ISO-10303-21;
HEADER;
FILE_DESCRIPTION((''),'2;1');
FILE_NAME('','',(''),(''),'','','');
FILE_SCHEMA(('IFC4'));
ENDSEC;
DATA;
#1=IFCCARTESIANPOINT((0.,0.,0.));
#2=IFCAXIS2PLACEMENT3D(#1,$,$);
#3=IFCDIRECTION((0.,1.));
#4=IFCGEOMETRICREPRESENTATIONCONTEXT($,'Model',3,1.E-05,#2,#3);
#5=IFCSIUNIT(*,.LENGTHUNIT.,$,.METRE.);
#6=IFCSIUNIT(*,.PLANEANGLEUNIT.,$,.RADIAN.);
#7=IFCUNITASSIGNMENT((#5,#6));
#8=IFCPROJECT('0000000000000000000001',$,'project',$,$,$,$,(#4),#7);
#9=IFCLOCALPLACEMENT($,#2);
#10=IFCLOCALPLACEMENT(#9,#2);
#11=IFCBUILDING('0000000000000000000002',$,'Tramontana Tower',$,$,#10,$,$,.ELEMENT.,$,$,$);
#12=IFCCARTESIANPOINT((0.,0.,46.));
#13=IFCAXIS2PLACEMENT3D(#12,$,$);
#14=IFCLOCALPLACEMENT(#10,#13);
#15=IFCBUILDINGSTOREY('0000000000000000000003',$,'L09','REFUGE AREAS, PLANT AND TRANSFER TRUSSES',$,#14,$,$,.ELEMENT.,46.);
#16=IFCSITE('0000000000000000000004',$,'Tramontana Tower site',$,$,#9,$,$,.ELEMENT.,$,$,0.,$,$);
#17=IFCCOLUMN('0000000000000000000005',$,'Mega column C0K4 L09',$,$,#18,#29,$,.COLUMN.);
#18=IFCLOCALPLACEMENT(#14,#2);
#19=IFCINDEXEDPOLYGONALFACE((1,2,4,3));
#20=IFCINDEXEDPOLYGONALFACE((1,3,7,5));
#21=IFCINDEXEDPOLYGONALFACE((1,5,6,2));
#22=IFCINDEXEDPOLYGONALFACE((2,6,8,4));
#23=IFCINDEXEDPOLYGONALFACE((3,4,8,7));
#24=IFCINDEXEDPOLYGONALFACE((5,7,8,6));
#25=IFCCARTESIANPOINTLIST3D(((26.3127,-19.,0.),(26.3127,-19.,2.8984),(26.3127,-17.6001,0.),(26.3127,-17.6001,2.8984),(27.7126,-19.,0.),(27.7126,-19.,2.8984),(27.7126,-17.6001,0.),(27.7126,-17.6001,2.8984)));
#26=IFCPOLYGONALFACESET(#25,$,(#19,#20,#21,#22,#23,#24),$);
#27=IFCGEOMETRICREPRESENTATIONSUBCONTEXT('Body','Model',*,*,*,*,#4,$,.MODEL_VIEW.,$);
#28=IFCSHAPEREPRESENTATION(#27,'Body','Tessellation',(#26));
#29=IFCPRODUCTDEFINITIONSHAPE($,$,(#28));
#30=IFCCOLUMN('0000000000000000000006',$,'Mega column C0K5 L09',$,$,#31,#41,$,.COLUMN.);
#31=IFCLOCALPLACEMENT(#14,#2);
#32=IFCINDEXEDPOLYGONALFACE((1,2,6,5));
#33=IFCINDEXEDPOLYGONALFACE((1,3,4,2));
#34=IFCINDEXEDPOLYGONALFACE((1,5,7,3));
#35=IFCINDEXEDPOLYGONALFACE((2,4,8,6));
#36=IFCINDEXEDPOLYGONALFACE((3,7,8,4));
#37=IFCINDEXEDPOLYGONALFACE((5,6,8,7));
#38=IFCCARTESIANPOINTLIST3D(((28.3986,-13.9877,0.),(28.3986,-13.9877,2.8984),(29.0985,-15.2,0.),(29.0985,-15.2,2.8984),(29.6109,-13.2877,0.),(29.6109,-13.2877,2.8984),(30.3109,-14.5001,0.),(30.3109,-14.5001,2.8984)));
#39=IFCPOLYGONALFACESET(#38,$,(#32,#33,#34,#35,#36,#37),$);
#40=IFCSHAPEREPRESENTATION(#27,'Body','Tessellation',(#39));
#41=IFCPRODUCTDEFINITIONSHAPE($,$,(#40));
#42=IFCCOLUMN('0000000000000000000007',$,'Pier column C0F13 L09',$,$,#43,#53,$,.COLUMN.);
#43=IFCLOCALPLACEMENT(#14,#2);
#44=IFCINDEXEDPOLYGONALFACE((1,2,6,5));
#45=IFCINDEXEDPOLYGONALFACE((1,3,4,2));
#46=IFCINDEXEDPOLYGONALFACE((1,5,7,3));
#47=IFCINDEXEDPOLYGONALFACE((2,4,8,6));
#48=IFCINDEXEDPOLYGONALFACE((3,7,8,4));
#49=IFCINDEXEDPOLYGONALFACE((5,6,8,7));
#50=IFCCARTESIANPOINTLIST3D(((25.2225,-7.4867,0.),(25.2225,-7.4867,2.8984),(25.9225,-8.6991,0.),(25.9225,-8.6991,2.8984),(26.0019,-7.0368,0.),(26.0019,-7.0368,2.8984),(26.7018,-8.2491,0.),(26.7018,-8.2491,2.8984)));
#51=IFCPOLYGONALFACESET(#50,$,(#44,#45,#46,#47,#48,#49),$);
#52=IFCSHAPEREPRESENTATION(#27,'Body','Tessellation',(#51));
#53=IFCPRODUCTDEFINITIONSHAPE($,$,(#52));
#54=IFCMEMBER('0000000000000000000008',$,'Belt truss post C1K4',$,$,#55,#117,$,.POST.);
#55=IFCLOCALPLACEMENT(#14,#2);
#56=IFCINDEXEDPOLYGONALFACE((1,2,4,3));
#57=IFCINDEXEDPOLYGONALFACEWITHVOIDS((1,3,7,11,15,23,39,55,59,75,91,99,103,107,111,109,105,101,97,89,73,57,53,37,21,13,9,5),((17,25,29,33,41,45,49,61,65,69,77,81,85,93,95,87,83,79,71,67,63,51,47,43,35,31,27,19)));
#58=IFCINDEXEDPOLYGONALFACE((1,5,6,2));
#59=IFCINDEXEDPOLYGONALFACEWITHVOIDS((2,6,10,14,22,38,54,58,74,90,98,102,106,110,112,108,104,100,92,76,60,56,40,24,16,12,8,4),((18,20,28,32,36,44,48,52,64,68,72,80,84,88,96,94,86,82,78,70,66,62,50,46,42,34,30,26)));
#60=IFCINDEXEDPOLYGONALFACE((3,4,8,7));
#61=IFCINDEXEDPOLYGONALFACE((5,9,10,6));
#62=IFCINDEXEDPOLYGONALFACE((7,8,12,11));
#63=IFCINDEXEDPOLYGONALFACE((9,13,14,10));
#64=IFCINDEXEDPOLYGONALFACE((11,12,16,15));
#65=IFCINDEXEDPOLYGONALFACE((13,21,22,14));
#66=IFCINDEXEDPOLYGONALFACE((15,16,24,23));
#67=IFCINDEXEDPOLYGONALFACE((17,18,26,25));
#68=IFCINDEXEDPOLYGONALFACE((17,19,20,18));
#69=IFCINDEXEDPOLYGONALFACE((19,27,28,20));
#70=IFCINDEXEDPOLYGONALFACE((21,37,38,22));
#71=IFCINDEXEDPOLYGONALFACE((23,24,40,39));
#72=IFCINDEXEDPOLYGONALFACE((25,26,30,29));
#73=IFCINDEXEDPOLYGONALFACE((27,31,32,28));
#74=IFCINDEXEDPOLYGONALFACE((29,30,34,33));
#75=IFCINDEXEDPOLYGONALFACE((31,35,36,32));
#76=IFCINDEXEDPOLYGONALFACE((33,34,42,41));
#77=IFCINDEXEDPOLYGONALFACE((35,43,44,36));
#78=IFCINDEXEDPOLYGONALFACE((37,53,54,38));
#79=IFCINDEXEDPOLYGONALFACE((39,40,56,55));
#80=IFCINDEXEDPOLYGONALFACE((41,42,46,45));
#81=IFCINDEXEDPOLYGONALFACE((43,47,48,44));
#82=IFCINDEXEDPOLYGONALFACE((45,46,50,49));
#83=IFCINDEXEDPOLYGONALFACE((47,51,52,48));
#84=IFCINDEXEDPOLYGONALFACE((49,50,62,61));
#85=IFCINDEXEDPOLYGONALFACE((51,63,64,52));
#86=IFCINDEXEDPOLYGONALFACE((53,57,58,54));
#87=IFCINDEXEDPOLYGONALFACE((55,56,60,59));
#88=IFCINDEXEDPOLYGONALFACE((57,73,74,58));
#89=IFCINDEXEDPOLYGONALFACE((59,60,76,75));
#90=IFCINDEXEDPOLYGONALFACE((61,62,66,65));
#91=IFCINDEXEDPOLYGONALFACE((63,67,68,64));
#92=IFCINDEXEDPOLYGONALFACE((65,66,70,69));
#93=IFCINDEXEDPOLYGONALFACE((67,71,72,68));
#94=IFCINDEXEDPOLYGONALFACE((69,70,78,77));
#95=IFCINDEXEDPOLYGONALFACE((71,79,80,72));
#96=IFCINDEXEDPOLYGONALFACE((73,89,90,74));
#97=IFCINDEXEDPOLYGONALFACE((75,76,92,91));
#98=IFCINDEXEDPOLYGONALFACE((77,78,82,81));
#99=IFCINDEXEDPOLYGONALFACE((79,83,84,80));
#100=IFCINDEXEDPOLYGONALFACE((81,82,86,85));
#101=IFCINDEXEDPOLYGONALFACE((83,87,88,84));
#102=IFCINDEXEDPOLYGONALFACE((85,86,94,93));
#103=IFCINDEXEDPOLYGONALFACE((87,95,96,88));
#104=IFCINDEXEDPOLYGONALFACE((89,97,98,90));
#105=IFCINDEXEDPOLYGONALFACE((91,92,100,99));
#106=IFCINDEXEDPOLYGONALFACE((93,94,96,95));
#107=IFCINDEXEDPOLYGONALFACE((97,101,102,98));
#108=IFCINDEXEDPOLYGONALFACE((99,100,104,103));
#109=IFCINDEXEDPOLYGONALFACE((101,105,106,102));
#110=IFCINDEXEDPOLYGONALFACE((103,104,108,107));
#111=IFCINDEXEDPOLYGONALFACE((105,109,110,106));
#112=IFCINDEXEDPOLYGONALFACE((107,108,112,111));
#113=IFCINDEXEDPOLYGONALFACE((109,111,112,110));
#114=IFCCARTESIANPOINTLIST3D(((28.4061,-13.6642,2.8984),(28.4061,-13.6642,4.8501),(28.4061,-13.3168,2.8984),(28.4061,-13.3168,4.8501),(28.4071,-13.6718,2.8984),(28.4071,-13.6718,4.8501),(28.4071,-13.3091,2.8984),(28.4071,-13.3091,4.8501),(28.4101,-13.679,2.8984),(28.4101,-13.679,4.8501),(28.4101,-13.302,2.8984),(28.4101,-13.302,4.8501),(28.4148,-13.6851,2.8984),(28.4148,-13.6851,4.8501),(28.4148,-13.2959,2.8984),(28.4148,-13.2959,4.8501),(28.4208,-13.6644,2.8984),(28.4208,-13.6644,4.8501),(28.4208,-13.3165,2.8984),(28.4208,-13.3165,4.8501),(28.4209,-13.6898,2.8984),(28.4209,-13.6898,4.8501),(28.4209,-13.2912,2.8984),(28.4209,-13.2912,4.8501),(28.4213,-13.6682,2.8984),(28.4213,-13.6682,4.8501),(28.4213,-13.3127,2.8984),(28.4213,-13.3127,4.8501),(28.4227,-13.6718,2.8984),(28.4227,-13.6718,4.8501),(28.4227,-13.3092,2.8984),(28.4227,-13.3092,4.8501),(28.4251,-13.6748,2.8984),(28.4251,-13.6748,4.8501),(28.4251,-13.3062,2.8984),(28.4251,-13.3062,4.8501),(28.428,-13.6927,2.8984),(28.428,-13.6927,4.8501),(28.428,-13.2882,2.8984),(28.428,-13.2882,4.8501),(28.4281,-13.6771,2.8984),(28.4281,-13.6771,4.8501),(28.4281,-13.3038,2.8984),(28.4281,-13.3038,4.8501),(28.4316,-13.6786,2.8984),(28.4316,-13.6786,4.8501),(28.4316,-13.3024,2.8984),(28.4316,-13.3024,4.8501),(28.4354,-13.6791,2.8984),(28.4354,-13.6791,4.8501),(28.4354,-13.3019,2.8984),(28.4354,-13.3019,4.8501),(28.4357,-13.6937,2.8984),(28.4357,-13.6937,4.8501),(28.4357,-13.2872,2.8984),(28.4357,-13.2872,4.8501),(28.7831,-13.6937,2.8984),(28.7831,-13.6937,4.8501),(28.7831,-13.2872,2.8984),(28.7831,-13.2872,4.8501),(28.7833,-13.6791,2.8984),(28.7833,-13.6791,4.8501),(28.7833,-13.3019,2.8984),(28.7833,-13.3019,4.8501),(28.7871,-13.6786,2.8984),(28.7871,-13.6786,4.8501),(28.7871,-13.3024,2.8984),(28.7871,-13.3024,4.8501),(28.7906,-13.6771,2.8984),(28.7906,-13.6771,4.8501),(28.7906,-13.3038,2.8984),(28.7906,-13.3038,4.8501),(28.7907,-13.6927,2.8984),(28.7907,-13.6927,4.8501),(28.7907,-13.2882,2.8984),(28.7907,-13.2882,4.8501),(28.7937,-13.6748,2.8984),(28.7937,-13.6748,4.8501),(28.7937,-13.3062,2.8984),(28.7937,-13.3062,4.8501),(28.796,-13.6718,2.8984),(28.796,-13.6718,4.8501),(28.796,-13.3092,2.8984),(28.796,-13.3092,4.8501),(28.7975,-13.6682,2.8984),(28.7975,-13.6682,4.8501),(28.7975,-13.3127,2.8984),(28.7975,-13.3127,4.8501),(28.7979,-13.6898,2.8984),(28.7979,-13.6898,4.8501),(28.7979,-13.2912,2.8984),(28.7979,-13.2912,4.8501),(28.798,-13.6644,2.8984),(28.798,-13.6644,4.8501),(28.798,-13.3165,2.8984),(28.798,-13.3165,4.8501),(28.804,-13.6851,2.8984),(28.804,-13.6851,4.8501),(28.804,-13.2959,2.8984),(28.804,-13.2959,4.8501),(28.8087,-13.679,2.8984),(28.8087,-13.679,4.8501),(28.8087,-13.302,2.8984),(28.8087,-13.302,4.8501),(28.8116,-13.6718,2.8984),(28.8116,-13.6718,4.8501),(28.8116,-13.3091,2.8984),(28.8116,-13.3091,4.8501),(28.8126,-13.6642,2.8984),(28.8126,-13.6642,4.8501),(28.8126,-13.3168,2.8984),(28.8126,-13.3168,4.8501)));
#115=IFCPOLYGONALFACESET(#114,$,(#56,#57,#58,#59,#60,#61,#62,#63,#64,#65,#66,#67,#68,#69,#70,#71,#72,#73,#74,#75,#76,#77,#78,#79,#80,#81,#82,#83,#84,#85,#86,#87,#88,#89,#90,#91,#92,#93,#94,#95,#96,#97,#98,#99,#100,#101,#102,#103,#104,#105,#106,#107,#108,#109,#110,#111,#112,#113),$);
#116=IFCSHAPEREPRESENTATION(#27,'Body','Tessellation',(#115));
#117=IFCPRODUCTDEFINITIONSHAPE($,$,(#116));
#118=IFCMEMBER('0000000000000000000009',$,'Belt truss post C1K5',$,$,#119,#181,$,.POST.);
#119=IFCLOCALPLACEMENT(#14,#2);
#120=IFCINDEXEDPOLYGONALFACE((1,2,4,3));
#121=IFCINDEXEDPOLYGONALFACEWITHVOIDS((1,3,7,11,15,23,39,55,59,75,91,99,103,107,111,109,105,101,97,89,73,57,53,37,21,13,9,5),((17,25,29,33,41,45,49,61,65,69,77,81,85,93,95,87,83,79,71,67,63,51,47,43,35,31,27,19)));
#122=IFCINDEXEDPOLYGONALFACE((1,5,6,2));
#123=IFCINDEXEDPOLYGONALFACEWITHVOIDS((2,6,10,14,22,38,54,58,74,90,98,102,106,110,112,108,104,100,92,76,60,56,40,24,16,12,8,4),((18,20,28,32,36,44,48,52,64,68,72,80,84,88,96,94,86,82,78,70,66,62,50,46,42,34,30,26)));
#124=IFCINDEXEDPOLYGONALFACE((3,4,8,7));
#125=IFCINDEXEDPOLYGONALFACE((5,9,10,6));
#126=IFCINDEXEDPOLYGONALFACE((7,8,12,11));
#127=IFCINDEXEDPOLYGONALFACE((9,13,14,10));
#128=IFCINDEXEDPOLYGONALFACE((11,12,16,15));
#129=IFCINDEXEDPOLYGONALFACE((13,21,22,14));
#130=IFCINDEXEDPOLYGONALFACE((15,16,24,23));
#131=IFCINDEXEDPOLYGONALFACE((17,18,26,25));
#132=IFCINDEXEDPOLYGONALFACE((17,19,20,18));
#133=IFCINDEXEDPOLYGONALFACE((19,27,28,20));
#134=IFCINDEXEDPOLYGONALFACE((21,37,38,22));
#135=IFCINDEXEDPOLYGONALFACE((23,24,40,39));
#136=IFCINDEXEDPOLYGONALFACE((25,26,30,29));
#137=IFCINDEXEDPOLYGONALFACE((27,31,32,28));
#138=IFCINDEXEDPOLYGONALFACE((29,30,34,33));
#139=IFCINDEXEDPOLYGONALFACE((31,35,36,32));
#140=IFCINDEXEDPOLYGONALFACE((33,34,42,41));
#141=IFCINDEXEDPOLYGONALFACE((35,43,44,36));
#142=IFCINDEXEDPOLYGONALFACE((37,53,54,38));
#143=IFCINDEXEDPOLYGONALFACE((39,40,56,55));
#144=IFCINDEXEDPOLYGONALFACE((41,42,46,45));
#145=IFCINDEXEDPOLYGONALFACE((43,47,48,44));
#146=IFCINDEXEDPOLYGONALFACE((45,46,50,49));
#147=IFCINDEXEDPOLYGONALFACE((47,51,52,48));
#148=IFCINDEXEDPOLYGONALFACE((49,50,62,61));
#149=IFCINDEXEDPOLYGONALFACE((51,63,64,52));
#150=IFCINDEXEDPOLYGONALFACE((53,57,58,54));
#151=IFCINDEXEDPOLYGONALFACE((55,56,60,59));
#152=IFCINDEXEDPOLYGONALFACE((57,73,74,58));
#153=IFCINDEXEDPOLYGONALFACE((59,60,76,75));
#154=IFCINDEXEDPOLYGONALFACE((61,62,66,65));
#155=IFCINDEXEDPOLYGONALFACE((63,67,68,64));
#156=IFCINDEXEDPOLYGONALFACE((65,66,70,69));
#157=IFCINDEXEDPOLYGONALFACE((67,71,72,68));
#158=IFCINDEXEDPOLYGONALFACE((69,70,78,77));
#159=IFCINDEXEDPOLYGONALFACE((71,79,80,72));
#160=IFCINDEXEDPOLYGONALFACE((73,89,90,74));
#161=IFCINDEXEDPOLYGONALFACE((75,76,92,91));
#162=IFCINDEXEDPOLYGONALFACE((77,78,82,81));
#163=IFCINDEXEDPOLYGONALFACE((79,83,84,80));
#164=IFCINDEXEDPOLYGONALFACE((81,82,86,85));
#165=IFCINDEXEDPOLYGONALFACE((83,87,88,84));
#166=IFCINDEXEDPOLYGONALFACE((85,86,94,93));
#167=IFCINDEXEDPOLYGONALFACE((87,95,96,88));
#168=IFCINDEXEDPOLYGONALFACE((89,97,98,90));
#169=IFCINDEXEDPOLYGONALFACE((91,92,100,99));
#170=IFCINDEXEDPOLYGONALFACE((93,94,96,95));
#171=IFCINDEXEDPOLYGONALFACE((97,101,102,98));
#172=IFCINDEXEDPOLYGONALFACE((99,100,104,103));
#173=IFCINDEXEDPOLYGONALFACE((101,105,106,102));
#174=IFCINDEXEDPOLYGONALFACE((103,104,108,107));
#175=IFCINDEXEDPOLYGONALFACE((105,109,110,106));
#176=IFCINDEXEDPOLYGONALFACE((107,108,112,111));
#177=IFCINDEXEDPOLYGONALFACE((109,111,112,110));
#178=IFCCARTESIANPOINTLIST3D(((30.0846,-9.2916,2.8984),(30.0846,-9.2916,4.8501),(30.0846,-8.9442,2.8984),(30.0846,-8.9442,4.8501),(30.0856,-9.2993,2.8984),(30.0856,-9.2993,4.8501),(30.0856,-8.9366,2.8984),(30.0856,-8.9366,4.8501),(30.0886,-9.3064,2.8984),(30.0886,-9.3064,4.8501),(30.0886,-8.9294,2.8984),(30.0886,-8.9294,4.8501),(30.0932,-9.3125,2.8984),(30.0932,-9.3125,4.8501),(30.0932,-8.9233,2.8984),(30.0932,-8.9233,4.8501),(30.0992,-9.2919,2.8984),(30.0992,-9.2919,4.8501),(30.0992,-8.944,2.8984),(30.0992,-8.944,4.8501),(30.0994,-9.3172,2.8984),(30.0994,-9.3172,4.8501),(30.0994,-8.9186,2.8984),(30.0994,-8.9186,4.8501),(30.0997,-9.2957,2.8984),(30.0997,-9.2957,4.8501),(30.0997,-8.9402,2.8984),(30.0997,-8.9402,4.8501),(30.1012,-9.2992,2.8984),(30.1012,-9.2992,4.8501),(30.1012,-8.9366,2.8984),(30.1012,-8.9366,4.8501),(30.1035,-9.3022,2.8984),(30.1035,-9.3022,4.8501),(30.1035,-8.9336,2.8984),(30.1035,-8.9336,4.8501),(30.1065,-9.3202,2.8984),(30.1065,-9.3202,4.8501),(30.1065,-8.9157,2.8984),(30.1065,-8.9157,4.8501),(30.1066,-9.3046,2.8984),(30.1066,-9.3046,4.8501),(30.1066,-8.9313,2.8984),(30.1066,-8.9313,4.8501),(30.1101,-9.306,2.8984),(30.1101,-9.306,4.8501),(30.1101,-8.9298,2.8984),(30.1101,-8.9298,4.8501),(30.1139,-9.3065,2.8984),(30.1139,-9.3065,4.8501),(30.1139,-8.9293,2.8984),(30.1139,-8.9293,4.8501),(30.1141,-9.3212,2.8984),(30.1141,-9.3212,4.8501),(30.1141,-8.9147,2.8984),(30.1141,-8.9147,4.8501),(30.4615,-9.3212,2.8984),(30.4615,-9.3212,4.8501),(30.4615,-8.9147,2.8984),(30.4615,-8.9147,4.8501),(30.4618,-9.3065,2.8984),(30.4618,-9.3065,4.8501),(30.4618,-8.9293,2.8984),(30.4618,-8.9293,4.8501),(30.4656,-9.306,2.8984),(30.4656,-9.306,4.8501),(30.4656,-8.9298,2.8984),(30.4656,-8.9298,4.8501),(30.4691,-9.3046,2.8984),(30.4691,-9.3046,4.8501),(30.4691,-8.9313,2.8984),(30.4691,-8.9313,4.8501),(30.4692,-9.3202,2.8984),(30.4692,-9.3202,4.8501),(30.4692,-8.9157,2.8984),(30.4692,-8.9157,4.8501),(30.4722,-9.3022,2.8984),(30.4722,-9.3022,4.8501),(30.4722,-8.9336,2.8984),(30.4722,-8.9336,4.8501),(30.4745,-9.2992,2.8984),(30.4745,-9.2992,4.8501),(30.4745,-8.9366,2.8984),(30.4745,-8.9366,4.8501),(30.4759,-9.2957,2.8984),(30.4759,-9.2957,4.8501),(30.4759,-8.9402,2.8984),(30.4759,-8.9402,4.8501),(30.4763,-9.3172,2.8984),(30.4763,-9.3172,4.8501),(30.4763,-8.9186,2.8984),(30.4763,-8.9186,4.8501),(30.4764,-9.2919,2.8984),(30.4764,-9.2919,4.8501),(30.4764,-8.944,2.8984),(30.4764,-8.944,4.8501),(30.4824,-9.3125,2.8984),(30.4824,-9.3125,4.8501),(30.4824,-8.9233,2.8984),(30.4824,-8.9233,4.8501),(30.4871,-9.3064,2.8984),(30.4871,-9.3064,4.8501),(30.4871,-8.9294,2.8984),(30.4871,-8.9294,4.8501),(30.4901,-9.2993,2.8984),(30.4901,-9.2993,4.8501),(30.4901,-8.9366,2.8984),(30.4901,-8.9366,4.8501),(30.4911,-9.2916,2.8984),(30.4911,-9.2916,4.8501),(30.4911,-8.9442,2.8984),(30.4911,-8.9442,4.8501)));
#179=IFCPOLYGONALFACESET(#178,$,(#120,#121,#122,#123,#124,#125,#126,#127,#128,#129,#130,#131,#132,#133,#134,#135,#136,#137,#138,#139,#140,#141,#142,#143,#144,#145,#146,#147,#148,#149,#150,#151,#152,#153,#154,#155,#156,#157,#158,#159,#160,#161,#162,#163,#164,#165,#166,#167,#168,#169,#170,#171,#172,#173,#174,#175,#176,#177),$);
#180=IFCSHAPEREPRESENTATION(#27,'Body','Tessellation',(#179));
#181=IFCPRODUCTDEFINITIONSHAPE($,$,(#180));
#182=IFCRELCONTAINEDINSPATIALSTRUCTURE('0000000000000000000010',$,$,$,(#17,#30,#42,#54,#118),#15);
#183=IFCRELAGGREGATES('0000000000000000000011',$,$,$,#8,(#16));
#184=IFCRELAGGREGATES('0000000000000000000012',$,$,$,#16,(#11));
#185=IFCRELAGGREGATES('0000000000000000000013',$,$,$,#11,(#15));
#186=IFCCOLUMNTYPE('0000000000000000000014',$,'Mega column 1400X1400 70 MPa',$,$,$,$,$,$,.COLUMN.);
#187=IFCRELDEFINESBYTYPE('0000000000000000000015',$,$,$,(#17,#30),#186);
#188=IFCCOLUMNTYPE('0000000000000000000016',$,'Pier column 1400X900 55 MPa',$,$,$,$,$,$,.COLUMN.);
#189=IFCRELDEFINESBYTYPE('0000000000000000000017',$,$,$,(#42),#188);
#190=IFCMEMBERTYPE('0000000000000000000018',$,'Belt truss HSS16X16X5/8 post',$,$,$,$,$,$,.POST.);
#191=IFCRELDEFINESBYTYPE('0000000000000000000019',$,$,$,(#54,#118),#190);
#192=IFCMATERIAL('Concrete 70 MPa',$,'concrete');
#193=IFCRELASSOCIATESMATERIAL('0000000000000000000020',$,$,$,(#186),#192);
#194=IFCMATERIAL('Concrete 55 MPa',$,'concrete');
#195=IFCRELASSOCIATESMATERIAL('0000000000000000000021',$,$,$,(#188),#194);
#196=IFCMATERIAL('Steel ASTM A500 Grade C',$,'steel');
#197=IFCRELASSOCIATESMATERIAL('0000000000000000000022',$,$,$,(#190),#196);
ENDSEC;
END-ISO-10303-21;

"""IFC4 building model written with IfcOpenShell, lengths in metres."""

from ifc_helpers import new_model, si_unit, direction, frame, origin, origin_2d, place, context, subcontext, project, spatial, rectangle, hollow_rectangle, extrude, material, material_profile, profile_set, type_object, element, save


model = new_model("IFC4")

# Units and contexts
model_context = context("Model", 3, precision=1e-05, world=origin(), true_north=direction((0.0, 1.0)))
body_context = subcontext(model_context, "Body", "Model", "MODEL_VIEW")
ifc_project = project(units=[si_unit("LENGTHUNIT", "METRE"), si_unit("PLANEANGLEUNIT", "RADIAN")], contexts=[model_context])

# Site, building, storey
site_placement = place(None, origin())
site = spatial("IfcSite", under=ifc_project, at=site_placement, Name="Tramontana Tower site", CompositionType="ELEMENT", RefElevation=0.0)
building_placement = place(site_placement, origin())
building = spatial("IfcBuilding", under=site, at=building_placement, Name="Tramontana Tower", CompositionType="ELEMENT")
storey_placement = place(building_placement, frame((0.0, 0.0, 46.0)))
storey = spatial("IfcBuildingStorey", under=building, at=storey_placement, Name="L09", Description="REFUGE AREAS, PLANT AND TRANSFER TRUSSES", CompositionType="ELEMENT", Elevation=46.0)

# Columns
ifc_material_1 = material(Name="Concrete 70 MPa", Category="concrete")
ifc_material_profile_1 = material_profile(ifc_material_1, rectangle(XDim=1.3999, YDim=1.3999, at=origin_2d()), Name="Mega column 1400X1400 70 MPa")
ifc_profile_set_1 = profile_set([ifc_material_profile_1], Name="Concrete 70 MPa")
column_type_1 = type_object("IfcColumnType", Name="Mega column 1400X1400 70 MPa", PredefinedType="COLUMN", material=ifc_profile_set_1)
for number, where, z_axis, x_axis, name in (
    (1, (27.0127, -18.3, 0.0), (0.0, 0.0, 1.0), (1.0, 0.0, 0.0), "Mega column C0K4 L09"),
    (2, (29.3547, -14.2439, 0.0), (0.0, 0.0, 1.0), (-0.5, 0.866025, 0.0), "Mega column C0K5 L09"),
):
    element("IfcColumn", number, at=place(storey_placement, frame(where, z_axis=z_axis, x_axis=x_axis)), inside=storey, type_object=column_type_1, Name=name, PredefinedType="COLUMN", context=body_context, shape_type="SweptSolid", body=[
        extrude(rectangle(XDim=1.3999, YDim=1.3999, at=origin_2d()), origin(), (0.0, 0.0, 1.0), 2.8984),
    ])
ifc_material_2 = material(Name="Concrete 55 MPa", Category="concrete")
ifc_material_profile_2 = material_profile(ifc_material_2, rectangle(XDim=1.3999, YDim=0.8999, at=origin_2d()), Name="Pier column 1400X900 55 MPa")
ifc_profile_set_2 = profile_set([ifc_material_profile_2], Name="Concrete 55 MPa")
column_type_2 = type_object("IfcColumnType", Name="Pier column 1400X900 55 MPa", PredefinedType="COLUMN", material=ifc_profile_set_2)
column_placement = place(storey_placement, frame((25.9622, -7.8679, 0.0), z_axis=(0.0, 0.0, 1.0), x_axis=(-0.5, 0.866025, 0.0)))
element("IfcColumn", 3, at=column_placement, inside=storey, type_object=column_type_2, Name="Pier column C0F13 L09", PredefinedType="COLUMN", context=body_context, shape_type="SweptSolid", body=[
    extrude(rectangle(XDim=1.3999, YDim=0.8999, at=origin_2d()), origin(), (0.0, 0.0, 1.0), 2.8984),
])

# Members
ifc_material_3 = material(Name="Steel ASTM A500 Grade C", Category="steel")
ifc_material_profile_3 = material_profile(ifc_material_3, hollow_rectangle(XDim=0.4065, YDim=0.4065, WallThickness=0.0146, InnerFilletRadius=0.0146, OuterFilletRadius=0.0295, at=origin_2d()), Name="HSS16X16X5/8")
ifc_profile_set_3 = profile_set([ifc_material_profile_3], Name="Steel ASTM A500 Grade C")
member_type_1 = type_object("IfcMemberType", Name="Belt truss HSS16X16X5/8 post", PredefinedType="POST", material=ifc_profile_set_3)
for number, where, z_axis, x_axis, name in (
    (4, (28.6094, -13.4905, 2.8984), (0.0, 0.0, 1.0), (1.0, 0.0, 0.0), "Belt truss post C1K4"),
    (5, (30.2878, -9.1179, 2.8984), (0.0, 0.0, 1.0), (1.0, 0.0, 0.0), "Belt truss post C1K5"),
):
    element("IfcMember", number, at=place(storey_placement, frame(where, z_axis=z_axis, x_axis=x_axis)), inside=storey, type_object=member_type_1, Name=name, PredefinedType="POST", context=body_context, shape_type="SweptSolid", body=[
        extrude(hollow_rectangle(XDim=0.4065, YDim=0.4065, WallThickness=0.0146, InnerFilletRadius=0.0146, OuterFilletRadius=0.0295, at=origin_2d()), origin(), (0.0, 0.0, 1.0), 1.9517),
    ])

save(model, "model.ifc")
